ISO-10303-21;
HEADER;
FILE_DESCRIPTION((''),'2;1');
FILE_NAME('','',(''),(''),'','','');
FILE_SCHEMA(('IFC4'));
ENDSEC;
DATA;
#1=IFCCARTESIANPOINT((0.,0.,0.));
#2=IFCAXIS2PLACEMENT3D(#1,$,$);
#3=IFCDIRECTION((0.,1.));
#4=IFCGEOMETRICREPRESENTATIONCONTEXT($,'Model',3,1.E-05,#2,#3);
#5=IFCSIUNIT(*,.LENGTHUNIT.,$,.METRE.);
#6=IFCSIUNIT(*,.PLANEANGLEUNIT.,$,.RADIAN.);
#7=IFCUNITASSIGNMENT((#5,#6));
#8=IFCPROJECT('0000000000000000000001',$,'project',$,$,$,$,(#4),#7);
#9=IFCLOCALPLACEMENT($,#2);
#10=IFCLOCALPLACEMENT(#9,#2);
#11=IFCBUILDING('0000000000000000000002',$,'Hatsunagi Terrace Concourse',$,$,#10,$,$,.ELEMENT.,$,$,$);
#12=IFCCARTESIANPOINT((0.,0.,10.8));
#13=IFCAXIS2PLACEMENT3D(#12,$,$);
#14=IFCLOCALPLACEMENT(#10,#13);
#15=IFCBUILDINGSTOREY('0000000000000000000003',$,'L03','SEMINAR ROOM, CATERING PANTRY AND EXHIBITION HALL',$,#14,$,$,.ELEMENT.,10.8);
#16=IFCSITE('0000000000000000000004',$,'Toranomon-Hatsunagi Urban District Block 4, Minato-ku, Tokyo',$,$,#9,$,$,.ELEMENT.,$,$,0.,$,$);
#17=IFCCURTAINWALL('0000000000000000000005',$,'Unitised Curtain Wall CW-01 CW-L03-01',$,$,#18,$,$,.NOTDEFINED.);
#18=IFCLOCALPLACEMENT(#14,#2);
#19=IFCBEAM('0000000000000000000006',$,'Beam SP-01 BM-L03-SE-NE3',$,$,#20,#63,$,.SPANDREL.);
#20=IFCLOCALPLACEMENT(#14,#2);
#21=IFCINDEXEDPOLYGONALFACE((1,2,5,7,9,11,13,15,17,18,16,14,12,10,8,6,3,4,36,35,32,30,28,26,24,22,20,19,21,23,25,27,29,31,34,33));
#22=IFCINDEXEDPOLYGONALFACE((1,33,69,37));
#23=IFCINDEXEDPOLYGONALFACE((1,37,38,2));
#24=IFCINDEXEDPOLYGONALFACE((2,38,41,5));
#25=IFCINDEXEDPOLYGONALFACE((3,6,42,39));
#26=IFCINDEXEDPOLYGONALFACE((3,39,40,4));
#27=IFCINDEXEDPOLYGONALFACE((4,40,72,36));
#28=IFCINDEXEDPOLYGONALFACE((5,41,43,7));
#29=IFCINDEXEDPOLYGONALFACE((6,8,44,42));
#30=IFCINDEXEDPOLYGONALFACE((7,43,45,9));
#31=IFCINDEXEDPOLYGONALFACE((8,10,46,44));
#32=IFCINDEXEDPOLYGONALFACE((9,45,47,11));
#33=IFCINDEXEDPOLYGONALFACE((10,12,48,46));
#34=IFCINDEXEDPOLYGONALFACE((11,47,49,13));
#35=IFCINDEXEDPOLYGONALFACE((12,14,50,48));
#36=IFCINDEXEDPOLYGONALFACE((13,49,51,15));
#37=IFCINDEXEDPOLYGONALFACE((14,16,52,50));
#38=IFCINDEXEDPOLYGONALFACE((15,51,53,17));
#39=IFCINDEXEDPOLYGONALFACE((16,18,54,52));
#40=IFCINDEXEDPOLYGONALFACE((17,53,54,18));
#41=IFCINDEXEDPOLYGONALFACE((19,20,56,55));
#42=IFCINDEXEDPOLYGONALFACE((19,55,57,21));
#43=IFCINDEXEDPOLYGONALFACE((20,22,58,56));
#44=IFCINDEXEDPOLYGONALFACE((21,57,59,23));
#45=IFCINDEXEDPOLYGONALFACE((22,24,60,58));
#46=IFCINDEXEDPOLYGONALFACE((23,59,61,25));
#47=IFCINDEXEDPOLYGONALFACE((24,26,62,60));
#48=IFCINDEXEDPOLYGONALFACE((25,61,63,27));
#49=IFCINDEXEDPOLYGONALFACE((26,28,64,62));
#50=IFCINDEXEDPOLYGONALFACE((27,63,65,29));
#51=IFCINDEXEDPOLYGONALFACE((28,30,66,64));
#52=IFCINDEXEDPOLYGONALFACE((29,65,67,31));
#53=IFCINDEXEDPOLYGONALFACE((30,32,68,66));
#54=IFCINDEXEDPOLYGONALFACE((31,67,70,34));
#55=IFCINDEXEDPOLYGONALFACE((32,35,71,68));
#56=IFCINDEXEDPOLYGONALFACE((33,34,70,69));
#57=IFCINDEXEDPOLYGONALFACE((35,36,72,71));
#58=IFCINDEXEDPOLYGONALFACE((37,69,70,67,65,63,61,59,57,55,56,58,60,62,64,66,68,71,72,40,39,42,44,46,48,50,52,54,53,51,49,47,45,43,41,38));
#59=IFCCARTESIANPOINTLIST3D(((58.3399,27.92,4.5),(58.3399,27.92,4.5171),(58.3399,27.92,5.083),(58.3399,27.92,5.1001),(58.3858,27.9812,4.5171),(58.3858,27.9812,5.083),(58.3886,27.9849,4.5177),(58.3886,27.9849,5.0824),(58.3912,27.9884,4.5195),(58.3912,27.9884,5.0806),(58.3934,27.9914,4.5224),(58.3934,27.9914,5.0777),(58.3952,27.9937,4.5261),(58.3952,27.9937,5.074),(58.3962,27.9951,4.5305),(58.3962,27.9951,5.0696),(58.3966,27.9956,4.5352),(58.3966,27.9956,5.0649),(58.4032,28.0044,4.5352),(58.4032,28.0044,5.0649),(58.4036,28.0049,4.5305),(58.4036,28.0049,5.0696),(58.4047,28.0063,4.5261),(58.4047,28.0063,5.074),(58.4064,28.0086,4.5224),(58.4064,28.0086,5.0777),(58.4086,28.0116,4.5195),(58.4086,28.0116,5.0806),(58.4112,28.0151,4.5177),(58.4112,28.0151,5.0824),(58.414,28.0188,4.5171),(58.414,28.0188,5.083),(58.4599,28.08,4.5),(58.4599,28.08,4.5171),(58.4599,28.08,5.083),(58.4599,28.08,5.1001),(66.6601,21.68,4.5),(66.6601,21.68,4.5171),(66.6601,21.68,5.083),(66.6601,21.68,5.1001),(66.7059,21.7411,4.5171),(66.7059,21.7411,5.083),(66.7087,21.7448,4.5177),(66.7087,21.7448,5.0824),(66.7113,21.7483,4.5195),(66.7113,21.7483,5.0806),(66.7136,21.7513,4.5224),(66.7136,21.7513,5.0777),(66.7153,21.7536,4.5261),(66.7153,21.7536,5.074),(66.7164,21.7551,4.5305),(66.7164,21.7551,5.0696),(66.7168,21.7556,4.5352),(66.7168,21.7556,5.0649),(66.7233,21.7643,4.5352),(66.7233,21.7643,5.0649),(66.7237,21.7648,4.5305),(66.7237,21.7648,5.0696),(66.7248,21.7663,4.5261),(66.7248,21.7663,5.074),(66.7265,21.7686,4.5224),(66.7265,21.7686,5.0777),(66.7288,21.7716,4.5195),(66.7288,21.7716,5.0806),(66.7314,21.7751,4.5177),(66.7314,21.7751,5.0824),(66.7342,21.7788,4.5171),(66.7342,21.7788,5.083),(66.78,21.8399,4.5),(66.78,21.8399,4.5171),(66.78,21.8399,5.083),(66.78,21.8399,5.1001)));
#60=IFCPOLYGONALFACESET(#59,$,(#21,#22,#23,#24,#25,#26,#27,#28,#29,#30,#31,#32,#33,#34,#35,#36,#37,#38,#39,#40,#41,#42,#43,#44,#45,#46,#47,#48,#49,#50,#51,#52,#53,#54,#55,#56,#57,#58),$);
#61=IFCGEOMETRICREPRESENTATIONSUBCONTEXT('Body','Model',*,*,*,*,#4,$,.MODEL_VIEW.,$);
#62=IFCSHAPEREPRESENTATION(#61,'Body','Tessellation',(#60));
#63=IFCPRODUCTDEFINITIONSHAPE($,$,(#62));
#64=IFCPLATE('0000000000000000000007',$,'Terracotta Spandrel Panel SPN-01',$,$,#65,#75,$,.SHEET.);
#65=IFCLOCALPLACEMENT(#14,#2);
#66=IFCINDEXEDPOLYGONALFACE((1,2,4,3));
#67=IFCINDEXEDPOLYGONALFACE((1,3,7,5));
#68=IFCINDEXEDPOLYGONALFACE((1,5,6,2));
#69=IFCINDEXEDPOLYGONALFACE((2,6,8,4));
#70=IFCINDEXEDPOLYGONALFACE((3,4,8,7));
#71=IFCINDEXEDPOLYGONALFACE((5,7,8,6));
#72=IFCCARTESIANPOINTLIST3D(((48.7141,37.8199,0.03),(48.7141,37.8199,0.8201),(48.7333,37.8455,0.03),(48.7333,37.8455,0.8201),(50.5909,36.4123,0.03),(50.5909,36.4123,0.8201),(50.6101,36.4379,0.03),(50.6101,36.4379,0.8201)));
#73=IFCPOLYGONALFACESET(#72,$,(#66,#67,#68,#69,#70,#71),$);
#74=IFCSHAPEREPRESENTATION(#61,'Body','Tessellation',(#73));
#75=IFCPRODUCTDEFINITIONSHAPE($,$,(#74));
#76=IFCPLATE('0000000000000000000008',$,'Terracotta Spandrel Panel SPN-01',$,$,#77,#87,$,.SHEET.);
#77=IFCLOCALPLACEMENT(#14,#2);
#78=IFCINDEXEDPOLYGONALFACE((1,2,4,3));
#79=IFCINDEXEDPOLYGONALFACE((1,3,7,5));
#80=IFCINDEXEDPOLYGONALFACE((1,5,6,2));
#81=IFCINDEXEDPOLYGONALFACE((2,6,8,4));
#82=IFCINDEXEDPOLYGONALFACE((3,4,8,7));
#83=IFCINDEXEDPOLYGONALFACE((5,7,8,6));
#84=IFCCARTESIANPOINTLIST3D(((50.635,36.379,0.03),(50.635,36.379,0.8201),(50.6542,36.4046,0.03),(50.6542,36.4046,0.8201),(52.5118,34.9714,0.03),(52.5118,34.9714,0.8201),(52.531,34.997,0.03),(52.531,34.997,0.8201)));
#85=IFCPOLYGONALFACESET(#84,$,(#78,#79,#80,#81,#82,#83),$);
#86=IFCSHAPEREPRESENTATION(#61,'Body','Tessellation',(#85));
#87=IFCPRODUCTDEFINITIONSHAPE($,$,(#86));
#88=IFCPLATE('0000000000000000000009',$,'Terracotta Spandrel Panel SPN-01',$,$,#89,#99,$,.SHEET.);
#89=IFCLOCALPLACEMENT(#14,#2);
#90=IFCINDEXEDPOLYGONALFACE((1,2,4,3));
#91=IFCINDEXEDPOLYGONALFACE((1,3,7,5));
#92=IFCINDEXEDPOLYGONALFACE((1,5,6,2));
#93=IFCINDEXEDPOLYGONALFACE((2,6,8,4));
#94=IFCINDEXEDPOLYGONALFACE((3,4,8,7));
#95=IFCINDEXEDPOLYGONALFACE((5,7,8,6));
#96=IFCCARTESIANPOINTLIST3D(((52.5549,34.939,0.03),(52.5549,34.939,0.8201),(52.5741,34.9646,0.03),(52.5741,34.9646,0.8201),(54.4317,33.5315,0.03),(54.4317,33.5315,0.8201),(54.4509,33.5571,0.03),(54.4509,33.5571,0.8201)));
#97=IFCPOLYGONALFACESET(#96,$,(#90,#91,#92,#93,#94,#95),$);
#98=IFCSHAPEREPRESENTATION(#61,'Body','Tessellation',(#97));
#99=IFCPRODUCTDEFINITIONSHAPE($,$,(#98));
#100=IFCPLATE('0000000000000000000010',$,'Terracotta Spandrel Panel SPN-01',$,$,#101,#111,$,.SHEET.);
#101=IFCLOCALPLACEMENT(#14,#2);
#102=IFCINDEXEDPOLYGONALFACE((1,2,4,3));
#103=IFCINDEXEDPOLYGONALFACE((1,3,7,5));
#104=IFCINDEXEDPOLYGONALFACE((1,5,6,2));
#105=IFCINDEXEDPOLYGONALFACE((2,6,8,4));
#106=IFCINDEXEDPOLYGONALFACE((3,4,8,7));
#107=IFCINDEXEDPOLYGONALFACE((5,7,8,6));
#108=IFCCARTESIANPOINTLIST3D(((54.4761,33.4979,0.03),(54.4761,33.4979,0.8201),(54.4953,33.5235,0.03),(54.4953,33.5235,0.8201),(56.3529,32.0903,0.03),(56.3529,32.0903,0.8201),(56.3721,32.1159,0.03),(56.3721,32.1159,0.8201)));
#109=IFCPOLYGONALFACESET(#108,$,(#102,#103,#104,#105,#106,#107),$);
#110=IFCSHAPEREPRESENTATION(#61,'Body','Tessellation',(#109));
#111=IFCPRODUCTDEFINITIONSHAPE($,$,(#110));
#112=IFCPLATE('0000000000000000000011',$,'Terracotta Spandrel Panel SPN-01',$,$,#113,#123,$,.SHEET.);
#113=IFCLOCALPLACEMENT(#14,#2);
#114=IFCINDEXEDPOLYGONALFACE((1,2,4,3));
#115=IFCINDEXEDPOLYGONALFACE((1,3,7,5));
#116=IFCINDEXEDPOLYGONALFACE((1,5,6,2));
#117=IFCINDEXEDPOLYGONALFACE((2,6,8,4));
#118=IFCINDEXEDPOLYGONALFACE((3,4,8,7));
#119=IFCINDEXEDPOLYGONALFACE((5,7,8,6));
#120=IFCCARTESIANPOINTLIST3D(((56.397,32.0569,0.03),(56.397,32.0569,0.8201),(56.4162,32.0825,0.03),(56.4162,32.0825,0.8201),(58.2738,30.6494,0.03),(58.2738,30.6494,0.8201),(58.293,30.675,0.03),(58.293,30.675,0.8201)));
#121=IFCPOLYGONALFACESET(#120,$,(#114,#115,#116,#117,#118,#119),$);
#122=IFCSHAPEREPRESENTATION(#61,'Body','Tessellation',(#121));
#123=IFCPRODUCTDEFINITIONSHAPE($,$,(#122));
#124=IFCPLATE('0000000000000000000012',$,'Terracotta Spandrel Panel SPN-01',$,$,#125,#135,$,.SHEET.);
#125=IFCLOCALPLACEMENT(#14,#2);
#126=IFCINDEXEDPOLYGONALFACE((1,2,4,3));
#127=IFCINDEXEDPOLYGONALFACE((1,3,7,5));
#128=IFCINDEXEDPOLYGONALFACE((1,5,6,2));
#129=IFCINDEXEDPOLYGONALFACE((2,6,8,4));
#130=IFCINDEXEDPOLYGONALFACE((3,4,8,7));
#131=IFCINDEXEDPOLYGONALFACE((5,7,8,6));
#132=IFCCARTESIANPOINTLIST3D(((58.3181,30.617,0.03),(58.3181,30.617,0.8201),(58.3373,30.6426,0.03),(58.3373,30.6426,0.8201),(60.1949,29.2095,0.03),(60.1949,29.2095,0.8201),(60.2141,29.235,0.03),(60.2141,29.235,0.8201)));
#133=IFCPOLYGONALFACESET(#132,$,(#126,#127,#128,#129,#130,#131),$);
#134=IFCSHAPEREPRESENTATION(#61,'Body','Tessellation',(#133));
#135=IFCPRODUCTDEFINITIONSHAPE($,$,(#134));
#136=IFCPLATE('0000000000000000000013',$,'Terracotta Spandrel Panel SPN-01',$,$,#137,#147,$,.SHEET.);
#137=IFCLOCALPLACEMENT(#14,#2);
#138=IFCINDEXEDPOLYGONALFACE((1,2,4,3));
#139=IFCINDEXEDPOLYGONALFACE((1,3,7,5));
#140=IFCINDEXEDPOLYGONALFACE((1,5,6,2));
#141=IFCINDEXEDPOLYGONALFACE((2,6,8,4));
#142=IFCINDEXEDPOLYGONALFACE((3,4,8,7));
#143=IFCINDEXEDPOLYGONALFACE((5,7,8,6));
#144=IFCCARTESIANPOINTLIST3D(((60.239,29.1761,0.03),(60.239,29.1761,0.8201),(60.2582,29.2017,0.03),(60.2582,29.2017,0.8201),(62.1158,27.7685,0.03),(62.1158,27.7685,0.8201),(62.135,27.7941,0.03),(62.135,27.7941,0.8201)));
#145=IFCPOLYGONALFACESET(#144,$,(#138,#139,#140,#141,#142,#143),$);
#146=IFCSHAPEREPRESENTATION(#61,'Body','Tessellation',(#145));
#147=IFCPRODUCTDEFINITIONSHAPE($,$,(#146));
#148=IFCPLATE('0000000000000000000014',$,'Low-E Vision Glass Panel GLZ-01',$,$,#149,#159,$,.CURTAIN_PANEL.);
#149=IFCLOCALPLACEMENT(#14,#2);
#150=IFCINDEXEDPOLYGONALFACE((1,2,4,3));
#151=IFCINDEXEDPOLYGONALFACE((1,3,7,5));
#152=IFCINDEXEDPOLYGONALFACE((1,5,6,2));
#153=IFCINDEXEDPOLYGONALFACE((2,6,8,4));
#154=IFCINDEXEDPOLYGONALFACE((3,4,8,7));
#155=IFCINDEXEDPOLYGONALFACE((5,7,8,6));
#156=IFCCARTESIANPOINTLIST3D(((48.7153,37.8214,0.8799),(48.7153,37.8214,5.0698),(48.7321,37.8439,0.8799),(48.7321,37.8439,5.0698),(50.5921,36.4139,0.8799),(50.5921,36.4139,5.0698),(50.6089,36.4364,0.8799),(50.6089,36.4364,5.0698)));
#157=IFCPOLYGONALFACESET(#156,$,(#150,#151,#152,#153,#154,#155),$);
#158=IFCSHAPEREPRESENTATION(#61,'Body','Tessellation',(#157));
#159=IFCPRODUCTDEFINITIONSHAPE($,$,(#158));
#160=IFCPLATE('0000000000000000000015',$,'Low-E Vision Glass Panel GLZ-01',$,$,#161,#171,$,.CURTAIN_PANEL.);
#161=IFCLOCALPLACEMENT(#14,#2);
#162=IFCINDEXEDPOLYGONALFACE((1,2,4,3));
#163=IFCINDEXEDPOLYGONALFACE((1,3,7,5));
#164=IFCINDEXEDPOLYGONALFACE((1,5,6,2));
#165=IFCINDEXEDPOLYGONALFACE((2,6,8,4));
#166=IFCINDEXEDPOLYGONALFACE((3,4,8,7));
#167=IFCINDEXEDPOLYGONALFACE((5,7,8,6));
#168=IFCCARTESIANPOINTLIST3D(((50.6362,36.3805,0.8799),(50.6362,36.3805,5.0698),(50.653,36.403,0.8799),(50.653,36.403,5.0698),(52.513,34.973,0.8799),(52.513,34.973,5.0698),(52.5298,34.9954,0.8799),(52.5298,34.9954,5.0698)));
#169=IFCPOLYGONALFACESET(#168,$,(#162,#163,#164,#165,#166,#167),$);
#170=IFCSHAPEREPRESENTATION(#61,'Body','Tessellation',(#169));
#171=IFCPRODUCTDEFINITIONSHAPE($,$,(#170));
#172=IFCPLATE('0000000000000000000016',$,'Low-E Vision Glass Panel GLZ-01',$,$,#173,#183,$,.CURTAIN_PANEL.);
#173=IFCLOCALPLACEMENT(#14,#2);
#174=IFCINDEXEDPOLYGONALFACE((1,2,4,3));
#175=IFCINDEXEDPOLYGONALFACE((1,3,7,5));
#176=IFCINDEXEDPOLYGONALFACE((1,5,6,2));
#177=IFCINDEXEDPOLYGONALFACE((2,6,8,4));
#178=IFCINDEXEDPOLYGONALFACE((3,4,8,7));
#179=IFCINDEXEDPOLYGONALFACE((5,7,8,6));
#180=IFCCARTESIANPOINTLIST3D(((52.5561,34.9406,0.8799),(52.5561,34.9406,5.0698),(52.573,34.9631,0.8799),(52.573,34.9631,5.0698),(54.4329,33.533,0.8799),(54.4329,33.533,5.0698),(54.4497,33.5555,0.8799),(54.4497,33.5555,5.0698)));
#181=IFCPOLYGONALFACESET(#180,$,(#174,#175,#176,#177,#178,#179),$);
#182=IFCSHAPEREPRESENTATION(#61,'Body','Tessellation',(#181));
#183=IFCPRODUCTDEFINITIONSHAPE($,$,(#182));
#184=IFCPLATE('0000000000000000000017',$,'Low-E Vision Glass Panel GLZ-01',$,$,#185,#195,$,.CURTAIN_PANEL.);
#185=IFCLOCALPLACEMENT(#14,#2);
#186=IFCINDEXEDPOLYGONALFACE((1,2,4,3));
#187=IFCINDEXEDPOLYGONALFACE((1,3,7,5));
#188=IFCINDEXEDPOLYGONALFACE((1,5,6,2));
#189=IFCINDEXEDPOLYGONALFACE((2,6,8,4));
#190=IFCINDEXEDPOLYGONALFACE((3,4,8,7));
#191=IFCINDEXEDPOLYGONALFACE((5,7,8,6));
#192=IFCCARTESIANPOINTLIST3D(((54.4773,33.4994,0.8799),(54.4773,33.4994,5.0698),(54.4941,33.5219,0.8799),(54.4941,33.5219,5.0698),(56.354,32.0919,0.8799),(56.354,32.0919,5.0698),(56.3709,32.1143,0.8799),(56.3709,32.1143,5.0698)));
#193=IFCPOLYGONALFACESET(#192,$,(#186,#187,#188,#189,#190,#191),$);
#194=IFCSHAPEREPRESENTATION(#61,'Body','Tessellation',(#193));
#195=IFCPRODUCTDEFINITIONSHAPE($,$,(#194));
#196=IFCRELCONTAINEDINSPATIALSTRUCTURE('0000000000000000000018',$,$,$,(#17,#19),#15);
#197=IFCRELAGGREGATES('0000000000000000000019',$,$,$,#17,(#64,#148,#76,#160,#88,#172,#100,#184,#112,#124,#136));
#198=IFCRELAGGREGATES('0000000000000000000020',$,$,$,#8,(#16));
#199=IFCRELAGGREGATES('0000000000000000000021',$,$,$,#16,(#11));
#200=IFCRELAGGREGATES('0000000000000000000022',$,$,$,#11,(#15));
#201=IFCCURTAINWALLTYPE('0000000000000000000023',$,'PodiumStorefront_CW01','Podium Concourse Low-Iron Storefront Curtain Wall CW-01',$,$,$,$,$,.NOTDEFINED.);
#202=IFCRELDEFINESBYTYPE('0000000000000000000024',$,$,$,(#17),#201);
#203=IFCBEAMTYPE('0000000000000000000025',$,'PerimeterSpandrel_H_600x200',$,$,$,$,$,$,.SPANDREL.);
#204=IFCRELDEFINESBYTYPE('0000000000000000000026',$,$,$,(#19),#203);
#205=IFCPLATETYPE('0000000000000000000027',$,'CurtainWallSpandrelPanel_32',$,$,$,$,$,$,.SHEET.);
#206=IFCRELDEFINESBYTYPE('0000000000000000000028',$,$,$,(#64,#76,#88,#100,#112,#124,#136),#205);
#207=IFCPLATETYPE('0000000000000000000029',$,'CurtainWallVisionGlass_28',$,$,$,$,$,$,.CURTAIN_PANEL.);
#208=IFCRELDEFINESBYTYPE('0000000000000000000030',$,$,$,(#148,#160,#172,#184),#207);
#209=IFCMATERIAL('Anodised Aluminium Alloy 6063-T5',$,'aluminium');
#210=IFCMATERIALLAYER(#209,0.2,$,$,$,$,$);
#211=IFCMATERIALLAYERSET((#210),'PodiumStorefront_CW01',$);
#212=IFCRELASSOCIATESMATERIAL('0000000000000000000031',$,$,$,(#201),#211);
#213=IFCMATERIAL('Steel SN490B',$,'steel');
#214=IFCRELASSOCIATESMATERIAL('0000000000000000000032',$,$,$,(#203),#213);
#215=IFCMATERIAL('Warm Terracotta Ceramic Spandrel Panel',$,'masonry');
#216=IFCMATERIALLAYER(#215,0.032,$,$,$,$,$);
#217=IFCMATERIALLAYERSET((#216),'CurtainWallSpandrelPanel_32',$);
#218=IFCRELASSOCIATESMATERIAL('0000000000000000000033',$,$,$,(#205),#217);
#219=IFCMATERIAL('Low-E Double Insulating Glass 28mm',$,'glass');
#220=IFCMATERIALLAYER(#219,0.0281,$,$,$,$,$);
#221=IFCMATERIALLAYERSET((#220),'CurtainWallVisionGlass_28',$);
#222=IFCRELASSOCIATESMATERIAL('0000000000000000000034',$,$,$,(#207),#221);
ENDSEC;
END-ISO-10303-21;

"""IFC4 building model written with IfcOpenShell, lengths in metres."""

from ifc_helpers import new_model, si_unit, direction, frame, origin, origin_2d, place, context, subcontext, project, spatial, rectangle, i_section, extrude, material, layer, layer_set, material_profile, profile_set, type_object, element, aggregate, save


model = new_model("IFC4")

# Units and contexts
model_context = context("Model", 3, precision=1e-05, world=origin(), true_north=direction((0.0, 1.0)))
body_context = subcontext(model_context, "Body", "Model", "MODEL_VIEW")
ifc_project = project(units=[si_unit("LENGTHUNIT", "METRE"), si_unit("PLANEANGLEUNIT", "RADIAN")], contexts=[model_context])

# Site, building, storey
site_placement = place(None, origin())
site = spatial("IfcSite", under=ifc_project, at=site_placement, Name="Toranomon-Hatsunagi Urban District Block 4, Minato-ku, Tokyo", CompositionType="ELEMENT", RefElevation=0.0)
building_placement = place(site_placement, origin())
building = spatial("IfcBuilding", under=site, at=building_placement, Name="Hatsunagi Terrace Concourse", CompositionType="ELEMENT")
storey_placement = place(building_placement, frame((0.0, 0.0, 10.8)))
storey = spatial("IfcBuildingStorey", under=building, at=storey_placement, Name="L03", Description="SEMINAR ROOM, CATERING PANTRY AND EXHIBITION HALL", CompositionType="ELEMENT", Elevation=10.8)

# Curtain wall
ifc_material_1 = material(Name="Anodised Aluminium Alloy 6063-T5", Category="aluminium")
ifc_layer_1 = layer(ifc_material_1, 0.2)
ifc_layer_set_1 = layer_set([ifc_layer_1], Name="PodiumStorefront_CW01")
curtain_wall_type = type_object("IfcCurtainWallType", Name="PodiumStorefront_CW01", Description="Podium Concourse Low-Iron Storefront Curtain Wall CW-01", PredefinedType="NOTDEFINED", material=ifc_layer_set_1)
curtain_wall_placement = place(storey_placement, origin())
curtain_wall = element("IfcCurtainWall", 1, at=curtain_wall_placement, inside=storey, type_object=curtain_wall_type, Name="Unitised Curtain Wall CW-01 CW-L03-01", PredefinedType="NOTDEFINED")

# Beam
ifc_material_2 = material(Name="Steel SN490B", Category="steel")
ifc_material_profile_1 = material_profile(ifc_material_2, i_section(OverallWidth=0.2, OverallDepth=0.6001, WebThickness=0.011, FlangeThickness=0.0171, FilletRadius=0.0181, at=origin_2d()), Name="H-600x200x11x17")
ifc_profile_set_1 = profile_set([ifc_material_profile_1], Name="Steel SN490B")
beam_type = type_object("IfcBeamType", Name="PerimeterSpandrel_H_600x200", PredefinedType="SPANDREL", material=ifc_profile_set_1)
beam_1_placement = place(storey_placement, frame((58.3999, 28.0, 4.8), z_axis=(0.800003, -0.599996, 0.0), x_axis=(0.599996, 0.800003, 0.0)))
element("IfcBeam", 2, at=beam_1_placement, inside=storey, type_object=beam_type, Name="Beam SP-01 BM-L03-SE-NE3", PredefinedType="SPANDREL", context=body_context, shape_type="SweptSolid", body=[
    extrude(i_section(OverallWidth=0.2, OverallDepth=0.6001, WebThickness=0.011, FlangeThickness=0.0171, FilletRadius=0.0181, at=origin_2d()), origin(), (0.0, 0.0, 1.0), 10.4001),
])

# Plates
ifc_material_3 = material(Name="Warm Terracotta Ceramic Spandrel Panel", Category="masonry")
ifc_layer_2 = layer(ifc_material_3, 0.032)
ifc_layer_set_2 = layer_set([ifc_layer_2], Name="CurtainWallSpandrelPanel_32")
plate_type_1 = type_object("IfcPlateType", Name="CurtainWallSpandrelPanel_32", PredefinedType="SHEET", material=ifc_layer_set_2)
plate_1_placement = place(storey_placement, frame((49.6621, 37.1289, 0.03), z_axis=(0.0, 0.0, 1.0), x_axis=(0.800007, -0.59999, 0.0)))
plate_1 = element("IfcPlate", 3, at=plate_1_placement, type_object=plate_type_1, Name="Terracotta Spandrel Panel SPN-01", PredefinedType="SHEET", context=body_context, shape_type="SweptSolid", body=[
    extrude(rectangle(XDim=2.3459, YDim=0.032, at=origin_2d()), origin(), (0.0, 0.0, 1.0), 0.79),
])
plate_2_placement = place(storey_placement, frame((51.583, 35.688, 0.03), z_axis=(0.0, 0.0, 1.0), x_axis=(0.800007, -0.59999, 0.0)))
plate_2 = element("IfcPlate", 4, at=plate_2_placement, type_object=plate_type_1, Name="Terracotta Spandrel Panel SPN-01", PredefinedType="SHEET", context=body_context, shape_type="SweptSolid", body=[
    extrude(rectangle(XDim=2.3459, YDim=0.032, at=origin_2d()), origin(), (0.0, 0.0, 1.0), 0.79),
])
plate_3_placement = place(storey_placement, frame((53.5029, 34.248, 0.03), z_axis=(0.0, 0.0, 1.0), x_axis=(0.800007, -0.59999, 0.0)))
plate_3 = element("IfcPlate", 5, at=plate_3_placement, type_object=plate_type_1, Name="Terracotta Spandrel Panel SPN-01", PredefinedType="SHEET", context=body_context, shape_type="SweptSolid", body=[
    extrude(rectangle(XDim=2.3459, YDim=0.032, at=origin_2d()), origin(), (0.0, 0.0, 1.0), 0.79),
])
plate_4_placement = place(storey_placement, frame((55.4241, 32.8069, 0.03), z_axis=(0.0, 0.0, 1.0), x_axis=(0.800007, -0.59999, 0.0)))
plate_4 = element("IfcPlate", 6, at=plate_4_placement, type_object=plate_type_1, Name="Terracotta Spandrel Panel SPN-01", PredefinedType="SHEET", context=body_context, shape_type="SweptSolid", body=[
    extrude(rectangle(XDim=2.3459, YDim=0.032, at=origin_2d()), origin(), (0.0, 0.0, 1.0), 0.79),
])
plate_5_placement = place(storey_placement, frame((57.345, 31.366, 0.03), z_axis=(0.0, 0.0, 1.0), x_axis=(0.800007, -0.59999, 0.0)))
plate_5 = element("IfcPlate", 7, at=plate_5_placement, type_object=plate_type_1, Name="Terracotta Spandrel Panel SPN-01", PredefinedType="SHEET", context=body_context, shape_type="SweptSolid", body=[
    extrude(rectangle(XDim=2.3459, YDim=0.032, at=origin_2d()), origin(), (0.0, 0.0, 1.0), 0.79),
])
plate_6_placement = place(storey_placement, frame((59.2661, 29.926, 0.03), z_axis=(0.0, 0.0, 1.0), x_axis=(0.800007, -0.59999, 0.0)))
plate_6 = element("IfcPlate", 8, at=plate_6_placement, type_object=plate_type_1, Name="Terracotta Spandrel Panel SPN-01", PredefinedType="SHEET", context=body_context, shape_type="SweptSolid", body=[
    extrude(rectangle(XDim=2.3459, YDim=0.032, at=origin_2d()), origin(), (0.0, 0.0, 1.0), 0.79),
])
plate_7_placement = place(storey_placement, frame((61.187, 28.4851, 0.03), z_axis=(0.0, 0.0, 1.0), x_axis=(0.800007, -0.59999, 0.0)))
plate_7 = element("IfcPlate", 9, at=plate_7_placement, type_object=plate_type_1, Name="Terracotta Spandrel Panel SPN-01", PredefinedType="SHEET", context=body_context, shape_type="SweptSolid", body=[
    extrude(rectangle(XDim=2.3459, YDim=0.032, at=origin_2d()), origin(), (0.0, 0.0, 1.0), 0.79),
])
ifc_material_4 = material(Name="Low-E Double Insulating Glass 28mm", Category="glass")
ifc_layer_3 = layer(ifc_material_4, 0.0281)
ifc_layer_set_3 = layer_set([ifc_layer_3], Name="CurtainWallVisionGlass_28")
plate_type_2 = type_object("IfcPlateType", Name="CurtainWallVisionGlass_28", PredefinedType="CURTAIN_PANEL", material=ifc_layer_set_3)
plate_8_placement = place(storey_placement, frame((49.6621, 37.1289, 0.8799), z_axis=(0.0, 0.0, 1.0), x_axis=(0.800007, -0.59999, 0.0)))
plate_8 = element("IfcPlate", 10, at=plate_8_placement, type_object=plate_type_2, Name="Low-E Vision Glass Panel GLZ-01", PredefinedType="CURTAIN_PANEL", context=body_context, shape_type="SweptSolid", body=[
    extrude(rectangle(XDim=2.3459, YDim=0.0281, at=origin_2d()), origin(), (0.0, 0.0, 1.0), 4.1899),
])
plate_9_placement = place(storey_placement, frame((51.583, 35.688, 0.8799), z_axis=(0.0, 0.0, 1.0), x_axis=(0.800007, -0.59999, 0.0)))
plate_9 = element("IfcPlate", 11, at=plate_9_placement, type_object=plate_type_2, Name="Low-E Vision Glass Panel GLZ-01", PredefinedType="CURTAIN_PANEL", context=body_context, shape_type="SweptSolid", body=[
    extrude(rectangle(XDim=2.3459, YDim=0.0281, at=origin_2d()), origin(), (0.0, 0.0, 1.0), 4.1899),
])
plate_10_placement = place(storey_placement, frame((53.5029, 34.248, 0.8799), z_axis=(0.0, 0.0, 1.0), x_axis=(0.800007, -0.59999, 0.0)))
plate_10 = element("IfcPlate", 12, at=plate_10_placement, type_object=plate_type_2, Name="Low-E Vision Glass Panel GLZ-01", PredefinedType="CURTAIN_PANEL", context=body_context, shape_type="SweptSolid", body=[
    extrude(rectangle(XDim=2.3459, YDim=0.0281, at=origin_2d()), origin(), (0.0, 0.0, 1.0), 4.1899),
])
plate_11_placement = place(storey_placement, frame((55.4241, 32.8069, 0.8799), z_axis=(0.0, 0.0, 1.0), x_axis=(0.800007, -0.59999, 0.0)))
plate_11 = element("IfcPlate", 13, at=plate_11_placement, type_object=plate_type_2, Name="Low-E Vision Glass Panel GLZ-01", PredefinedType="CURTAIN_PANEL", context=body_context, shape_type="SweptSolid", body=[
    extrude(rectangle(XDim=2.3459, YDim=0.0281, at=origin_2d()), origin(), (0.0, 0.0, 1.0), 4.1899),
])
aggregate(curtain_wall, [plate_1, plate_8, plate_2, plate_9, plate_3, plate_10, plate_4, plate_11, plate_5, plate_6, plate_7])

save(model, "model.ifc")
